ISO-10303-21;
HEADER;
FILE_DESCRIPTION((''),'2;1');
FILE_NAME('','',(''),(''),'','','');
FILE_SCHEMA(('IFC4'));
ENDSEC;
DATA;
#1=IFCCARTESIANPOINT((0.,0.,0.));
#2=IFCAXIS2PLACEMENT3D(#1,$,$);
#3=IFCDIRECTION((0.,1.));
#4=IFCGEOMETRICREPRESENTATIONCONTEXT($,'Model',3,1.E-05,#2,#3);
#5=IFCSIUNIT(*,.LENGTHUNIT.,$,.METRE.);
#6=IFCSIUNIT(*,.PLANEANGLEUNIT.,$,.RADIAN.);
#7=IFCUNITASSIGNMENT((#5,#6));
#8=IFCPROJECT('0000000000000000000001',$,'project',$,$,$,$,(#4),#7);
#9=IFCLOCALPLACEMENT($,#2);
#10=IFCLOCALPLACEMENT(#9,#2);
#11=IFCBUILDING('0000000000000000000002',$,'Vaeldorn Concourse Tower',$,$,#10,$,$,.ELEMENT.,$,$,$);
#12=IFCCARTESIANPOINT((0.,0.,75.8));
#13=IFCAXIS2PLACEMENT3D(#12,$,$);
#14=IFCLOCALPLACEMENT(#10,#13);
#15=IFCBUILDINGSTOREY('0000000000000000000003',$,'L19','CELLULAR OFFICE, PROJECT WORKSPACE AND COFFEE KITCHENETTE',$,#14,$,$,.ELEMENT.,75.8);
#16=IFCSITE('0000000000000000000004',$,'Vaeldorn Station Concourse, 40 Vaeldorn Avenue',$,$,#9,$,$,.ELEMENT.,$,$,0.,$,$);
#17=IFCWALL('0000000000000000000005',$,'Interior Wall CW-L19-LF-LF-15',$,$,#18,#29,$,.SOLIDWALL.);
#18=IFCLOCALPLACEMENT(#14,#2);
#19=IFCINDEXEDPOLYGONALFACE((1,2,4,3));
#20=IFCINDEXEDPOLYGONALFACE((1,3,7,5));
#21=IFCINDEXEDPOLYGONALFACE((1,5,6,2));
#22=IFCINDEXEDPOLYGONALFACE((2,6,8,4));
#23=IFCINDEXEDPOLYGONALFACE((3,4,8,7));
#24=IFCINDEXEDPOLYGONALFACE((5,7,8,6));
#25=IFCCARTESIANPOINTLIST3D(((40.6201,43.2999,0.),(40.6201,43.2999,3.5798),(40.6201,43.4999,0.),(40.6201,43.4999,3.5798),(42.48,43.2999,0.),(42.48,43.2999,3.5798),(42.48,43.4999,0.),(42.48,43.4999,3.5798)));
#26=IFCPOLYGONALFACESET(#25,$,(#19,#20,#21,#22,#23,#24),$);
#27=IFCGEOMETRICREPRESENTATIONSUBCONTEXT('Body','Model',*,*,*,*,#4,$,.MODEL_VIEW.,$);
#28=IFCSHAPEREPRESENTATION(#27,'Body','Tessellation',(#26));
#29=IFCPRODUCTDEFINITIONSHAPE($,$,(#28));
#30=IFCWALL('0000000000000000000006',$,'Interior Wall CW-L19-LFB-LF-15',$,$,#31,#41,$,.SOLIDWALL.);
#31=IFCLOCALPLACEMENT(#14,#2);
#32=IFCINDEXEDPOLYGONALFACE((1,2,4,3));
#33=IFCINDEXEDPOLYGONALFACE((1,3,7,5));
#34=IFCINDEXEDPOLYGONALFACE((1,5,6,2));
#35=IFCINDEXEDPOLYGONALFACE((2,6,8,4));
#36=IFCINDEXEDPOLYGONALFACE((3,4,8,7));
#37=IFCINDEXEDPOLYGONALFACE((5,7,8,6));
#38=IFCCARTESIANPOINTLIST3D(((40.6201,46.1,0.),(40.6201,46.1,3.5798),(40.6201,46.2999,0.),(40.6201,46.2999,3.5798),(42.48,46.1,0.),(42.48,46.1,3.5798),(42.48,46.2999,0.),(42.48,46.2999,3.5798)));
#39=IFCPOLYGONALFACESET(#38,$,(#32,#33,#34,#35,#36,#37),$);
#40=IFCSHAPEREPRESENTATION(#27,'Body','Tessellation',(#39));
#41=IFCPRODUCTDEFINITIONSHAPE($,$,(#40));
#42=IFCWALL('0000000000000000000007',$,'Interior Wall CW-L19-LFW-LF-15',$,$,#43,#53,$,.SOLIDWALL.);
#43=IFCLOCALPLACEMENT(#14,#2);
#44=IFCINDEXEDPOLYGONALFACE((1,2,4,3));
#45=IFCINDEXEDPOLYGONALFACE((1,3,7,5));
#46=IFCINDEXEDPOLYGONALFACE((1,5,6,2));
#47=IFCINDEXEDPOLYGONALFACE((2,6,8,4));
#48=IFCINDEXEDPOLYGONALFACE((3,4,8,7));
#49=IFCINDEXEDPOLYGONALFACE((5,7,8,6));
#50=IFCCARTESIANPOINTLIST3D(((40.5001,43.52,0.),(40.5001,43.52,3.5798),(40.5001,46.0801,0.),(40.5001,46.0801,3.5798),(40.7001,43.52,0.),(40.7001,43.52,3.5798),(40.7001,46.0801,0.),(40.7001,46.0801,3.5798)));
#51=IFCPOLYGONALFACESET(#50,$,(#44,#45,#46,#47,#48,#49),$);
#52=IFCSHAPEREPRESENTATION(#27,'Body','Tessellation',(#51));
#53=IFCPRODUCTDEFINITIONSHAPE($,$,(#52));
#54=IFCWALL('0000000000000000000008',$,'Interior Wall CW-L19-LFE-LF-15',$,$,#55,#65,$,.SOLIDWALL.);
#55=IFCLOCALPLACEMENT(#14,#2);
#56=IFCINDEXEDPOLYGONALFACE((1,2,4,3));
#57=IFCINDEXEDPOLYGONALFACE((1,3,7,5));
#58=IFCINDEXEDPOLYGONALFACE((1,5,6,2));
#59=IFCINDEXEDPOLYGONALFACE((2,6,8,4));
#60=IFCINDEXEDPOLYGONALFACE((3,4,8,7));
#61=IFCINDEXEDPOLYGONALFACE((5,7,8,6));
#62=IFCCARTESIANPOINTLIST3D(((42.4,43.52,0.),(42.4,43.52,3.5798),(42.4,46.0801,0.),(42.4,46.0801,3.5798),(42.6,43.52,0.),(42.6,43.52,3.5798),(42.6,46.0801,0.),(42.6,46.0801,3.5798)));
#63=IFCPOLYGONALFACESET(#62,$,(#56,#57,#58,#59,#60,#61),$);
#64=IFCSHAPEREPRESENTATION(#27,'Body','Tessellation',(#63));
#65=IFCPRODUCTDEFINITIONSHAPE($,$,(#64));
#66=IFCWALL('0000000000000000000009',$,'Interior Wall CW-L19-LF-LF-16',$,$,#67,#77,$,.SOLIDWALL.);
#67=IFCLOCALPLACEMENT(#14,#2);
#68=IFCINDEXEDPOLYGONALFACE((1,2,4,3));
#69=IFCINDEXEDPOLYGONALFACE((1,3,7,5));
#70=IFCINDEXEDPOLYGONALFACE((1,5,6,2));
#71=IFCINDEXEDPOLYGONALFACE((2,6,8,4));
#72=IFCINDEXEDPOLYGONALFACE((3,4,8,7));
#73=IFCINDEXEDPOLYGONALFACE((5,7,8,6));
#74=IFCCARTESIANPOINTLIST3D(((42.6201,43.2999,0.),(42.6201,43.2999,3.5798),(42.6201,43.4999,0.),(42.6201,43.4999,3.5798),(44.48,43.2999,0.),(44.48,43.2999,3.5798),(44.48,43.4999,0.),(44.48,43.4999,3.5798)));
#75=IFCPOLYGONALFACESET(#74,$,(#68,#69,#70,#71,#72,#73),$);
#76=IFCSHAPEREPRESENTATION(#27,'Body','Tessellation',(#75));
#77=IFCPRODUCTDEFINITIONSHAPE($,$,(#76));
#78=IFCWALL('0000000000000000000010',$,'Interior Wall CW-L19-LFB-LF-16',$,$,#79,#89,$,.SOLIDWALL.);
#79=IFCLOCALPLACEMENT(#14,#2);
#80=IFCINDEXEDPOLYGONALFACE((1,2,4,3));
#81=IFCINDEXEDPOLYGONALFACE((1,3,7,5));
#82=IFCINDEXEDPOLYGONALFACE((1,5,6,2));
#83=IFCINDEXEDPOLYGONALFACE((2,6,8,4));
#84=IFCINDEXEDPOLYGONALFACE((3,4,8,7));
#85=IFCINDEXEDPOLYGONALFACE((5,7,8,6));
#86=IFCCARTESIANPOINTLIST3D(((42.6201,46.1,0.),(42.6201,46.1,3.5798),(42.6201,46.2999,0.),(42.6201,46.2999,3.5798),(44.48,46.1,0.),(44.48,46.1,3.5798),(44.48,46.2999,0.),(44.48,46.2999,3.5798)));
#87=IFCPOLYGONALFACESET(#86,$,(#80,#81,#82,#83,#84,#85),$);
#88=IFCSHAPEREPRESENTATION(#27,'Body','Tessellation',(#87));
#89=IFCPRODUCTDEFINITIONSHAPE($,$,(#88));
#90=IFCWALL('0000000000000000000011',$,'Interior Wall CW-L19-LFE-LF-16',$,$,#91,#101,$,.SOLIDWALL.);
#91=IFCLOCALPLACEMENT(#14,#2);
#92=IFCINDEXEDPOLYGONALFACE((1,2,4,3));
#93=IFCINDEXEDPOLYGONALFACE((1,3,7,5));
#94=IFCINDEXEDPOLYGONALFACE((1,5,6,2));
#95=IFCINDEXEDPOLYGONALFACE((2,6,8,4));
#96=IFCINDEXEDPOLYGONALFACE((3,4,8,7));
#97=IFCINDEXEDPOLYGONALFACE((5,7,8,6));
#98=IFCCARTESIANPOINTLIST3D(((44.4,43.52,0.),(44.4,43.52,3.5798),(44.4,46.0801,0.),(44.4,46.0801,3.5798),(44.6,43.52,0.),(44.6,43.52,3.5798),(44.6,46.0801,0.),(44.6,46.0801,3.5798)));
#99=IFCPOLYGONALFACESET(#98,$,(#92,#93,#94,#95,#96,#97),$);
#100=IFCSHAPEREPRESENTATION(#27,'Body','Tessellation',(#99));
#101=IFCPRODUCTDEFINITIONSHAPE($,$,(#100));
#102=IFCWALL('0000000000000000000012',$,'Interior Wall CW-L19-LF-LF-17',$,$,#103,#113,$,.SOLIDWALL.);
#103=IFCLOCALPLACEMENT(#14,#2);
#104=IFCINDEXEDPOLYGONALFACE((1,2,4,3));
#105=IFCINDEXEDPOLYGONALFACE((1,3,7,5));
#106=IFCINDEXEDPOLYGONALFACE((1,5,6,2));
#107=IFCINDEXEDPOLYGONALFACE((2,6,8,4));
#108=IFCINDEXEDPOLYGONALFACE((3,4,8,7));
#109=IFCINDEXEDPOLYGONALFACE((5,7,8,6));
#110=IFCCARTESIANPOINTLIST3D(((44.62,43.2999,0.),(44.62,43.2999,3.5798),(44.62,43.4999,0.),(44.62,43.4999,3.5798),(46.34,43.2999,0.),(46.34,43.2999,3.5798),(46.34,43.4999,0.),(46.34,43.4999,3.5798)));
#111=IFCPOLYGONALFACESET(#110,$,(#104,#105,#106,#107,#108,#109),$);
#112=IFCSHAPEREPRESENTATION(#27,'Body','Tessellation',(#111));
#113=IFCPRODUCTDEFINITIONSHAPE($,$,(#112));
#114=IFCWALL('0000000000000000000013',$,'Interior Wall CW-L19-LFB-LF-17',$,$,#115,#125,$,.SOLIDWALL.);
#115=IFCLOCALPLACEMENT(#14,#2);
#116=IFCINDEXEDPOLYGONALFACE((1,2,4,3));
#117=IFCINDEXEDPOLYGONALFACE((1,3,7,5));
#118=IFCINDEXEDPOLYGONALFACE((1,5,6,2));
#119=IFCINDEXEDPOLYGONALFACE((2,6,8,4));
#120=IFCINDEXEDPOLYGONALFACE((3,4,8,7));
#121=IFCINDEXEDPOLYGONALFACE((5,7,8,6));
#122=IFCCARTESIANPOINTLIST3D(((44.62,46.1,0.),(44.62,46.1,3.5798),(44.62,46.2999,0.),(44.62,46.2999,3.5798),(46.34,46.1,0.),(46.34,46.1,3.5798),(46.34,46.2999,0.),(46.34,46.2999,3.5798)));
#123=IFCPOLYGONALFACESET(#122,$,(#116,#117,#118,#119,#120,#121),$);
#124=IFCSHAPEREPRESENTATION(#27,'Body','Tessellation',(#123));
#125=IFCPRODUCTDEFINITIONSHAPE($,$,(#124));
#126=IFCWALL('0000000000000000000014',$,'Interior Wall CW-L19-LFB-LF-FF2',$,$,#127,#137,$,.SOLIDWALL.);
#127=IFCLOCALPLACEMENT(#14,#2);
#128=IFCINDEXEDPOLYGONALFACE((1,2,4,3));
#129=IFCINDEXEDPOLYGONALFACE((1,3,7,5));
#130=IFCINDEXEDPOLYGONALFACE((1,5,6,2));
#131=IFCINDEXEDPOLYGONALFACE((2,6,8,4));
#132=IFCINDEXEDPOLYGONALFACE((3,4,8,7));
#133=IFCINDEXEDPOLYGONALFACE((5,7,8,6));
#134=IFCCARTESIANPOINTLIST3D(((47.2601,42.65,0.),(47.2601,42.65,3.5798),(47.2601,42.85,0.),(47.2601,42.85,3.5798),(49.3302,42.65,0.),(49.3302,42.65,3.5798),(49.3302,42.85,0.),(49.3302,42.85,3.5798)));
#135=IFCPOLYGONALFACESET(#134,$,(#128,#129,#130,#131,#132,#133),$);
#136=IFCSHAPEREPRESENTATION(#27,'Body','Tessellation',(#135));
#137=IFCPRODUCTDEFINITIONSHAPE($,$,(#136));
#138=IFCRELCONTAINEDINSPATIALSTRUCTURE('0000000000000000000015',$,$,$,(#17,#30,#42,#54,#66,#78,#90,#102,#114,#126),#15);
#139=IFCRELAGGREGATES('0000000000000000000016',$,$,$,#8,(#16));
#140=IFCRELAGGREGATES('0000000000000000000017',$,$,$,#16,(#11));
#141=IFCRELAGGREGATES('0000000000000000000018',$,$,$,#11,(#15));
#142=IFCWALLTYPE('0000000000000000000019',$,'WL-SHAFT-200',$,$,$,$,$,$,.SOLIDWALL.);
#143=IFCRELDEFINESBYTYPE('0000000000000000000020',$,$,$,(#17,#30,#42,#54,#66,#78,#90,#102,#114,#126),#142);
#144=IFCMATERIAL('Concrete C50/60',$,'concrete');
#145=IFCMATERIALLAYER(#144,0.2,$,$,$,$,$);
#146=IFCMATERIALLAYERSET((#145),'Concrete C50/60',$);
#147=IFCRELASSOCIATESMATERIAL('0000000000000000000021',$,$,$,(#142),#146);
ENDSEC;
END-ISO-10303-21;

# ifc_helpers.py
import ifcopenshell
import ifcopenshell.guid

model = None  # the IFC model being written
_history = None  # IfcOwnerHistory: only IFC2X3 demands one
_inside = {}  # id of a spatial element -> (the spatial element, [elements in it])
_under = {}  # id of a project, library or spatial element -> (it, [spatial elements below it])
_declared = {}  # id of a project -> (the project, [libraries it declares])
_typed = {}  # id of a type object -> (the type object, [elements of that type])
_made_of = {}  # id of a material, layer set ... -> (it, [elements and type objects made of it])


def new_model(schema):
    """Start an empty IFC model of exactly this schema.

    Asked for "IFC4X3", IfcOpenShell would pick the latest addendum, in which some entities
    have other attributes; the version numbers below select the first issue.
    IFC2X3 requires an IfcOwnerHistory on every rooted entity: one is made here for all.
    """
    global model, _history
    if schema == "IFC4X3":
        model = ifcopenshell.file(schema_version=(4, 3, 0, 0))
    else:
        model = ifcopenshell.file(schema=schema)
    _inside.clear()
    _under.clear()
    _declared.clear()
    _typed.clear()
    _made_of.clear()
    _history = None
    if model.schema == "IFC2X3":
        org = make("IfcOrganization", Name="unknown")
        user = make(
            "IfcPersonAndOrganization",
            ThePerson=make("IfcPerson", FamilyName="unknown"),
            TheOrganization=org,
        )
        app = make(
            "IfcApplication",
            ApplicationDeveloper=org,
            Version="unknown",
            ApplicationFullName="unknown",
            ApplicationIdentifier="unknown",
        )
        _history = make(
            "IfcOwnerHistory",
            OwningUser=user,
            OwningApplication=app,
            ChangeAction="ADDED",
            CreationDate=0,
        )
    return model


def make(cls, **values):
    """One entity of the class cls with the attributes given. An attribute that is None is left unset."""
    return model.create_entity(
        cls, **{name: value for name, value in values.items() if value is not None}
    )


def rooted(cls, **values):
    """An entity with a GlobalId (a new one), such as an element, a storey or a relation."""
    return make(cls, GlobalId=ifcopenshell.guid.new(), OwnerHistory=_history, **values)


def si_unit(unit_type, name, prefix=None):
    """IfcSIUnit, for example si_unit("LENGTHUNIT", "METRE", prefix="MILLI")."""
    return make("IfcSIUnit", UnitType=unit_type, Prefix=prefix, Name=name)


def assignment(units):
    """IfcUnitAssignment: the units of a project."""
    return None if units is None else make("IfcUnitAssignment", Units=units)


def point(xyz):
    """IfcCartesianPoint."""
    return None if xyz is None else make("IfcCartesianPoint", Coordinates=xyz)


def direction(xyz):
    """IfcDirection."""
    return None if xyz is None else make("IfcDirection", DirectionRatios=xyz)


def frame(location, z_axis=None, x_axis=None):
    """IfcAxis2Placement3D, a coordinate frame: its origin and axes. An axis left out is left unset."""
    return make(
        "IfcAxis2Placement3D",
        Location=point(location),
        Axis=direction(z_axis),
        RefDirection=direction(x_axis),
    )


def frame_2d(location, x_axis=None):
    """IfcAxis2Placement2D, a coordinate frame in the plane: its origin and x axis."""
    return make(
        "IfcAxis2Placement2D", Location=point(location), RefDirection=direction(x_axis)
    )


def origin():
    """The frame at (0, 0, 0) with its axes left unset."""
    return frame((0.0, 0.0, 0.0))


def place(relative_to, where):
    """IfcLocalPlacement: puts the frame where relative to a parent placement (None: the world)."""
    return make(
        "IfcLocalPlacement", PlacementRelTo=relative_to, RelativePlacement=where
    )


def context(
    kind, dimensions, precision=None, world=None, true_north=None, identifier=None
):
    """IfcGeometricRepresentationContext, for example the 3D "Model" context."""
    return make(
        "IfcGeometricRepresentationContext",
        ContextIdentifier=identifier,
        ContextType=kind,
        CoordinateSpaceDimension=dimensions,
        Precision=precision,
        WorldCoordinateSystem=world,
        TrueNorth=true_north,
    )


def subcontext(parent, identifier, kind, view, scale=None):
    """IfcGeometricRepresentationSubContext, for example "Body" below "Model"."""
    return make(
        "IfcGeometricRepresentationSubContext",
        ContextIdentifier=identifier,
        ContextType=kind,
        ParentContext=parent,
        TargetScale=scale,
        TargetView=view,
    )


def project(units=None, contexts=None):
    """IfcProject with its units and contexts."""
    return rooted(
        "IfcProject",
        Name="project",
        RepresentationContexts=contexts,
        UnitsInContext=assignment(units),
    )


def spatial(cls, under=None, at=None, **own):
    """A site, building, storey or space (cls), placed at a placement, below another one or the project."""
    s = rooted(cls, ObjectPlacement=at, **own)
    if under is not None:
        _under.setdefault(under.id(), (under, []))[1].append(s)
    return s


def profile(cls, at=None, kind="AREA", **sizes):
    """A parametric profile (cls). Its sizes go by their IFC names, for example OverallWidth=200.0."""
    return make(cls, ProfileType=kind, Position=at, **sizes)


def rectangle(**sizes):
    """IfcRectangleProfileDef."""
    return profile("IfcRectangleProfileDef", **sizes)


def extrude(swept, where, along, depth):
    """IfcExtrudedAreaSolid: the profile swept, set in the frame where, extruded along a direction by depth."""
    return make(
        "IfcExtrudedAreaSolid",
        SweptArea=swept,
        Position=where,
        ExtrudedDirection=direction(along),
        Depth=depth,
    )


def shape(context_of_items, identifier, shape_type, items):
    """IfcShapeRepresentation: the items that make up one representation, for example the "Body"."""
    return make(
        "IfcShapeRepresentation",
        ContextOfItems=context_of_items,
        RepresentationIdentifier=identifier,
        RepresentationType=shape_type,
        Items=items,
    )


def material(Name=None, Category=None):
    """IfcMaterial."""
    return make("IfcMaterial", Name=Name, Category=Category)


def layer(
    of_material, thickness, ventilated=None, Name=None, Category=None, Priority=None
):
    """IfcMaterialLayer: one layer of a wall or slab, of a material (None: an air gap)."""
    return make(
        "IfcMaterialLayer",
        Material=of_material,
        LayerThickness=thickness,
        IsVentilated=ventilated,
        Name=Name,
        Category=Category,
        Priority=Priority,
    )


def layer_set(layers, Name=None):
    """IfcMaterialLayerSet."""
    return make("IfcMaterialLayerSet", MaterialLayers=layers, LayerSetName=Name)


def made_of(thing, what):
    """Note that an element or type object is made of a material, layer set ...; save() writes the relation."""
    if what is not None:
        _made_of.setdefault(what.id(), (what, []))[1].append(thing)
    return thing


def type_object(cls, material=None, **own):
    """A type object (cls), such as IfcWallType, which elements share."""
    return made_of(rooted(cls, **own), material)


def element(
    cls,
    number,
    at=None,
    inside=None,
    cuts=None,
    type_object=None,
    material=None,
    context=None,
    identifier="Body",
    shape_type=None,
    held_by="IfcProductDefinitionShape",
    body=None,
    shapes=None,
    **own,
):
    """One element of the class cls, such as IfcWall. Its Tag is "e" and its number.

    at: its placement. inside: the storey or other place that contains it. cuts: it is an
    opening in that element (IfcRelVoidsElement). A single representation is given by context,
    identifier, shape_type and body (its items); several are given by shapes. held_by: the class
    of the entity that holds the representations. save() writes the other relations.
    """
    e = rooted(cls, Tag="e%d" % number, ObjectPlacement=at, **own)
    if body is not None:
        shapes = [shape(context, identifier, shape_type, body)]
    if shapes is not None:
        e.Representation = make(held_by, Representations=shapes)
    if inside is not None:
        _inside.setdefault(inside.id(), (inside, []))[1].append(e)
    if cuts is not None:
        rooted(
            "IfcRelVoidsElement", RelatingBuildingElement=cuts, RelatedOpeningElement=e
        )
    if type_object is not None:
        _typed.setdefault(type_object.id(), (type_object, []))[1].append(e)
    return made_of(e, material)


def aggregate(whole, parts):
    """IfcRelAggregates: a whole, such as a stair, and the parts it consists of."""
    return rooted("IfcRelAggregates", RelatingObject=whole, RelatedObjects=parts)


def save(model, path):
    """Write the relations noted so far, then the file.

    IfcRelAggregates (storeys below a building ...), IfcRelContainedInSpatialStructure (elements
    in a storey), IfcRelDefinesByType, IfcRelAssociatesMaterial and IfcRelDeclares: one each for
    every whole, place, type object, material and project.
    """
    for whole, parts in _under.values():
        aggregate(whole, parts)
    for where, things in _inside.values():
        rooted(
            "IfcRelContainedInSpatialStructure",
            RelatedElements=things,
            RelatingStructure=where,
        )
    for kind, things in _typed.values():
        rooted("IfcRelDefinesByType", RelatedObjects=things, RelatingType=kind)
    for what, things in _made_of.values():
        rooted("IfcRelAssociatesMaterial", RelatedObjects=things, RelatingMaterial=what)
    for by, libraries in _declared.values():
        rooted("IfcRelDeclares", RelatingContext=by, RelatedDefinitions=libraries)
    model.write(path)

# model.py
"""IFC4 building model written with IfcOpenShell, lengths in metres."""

from ifc_helpers import new_model, si_unit, direction, frame, frame_2d, origin, place, context, subcontext, project, spatial, rectangle, extrude, material, layer, layer_set, type_object, element, save


model = new_model("IFC4")

# Units and contexts
model_context = context("Model", 3, precision=1e-05, world=origin(), true_north=direction((0.0, 1.0)))
body_context = subcontext(model_context, "Body", "Model", "MODEL_VIEW")
ifc_project = project(units=[si_unit("LENGTHUNIT", "METRE"), si_unit("PLANEANGLEUNIT", "RADIAN")], contexts=[model_context])

# Site, building, storey
site_placement = place(None, origin())
site = spatial("IfcSite", under=ifc_project, at=site_placement, Name="Vaeldorn Station Concourse, 40 Vaeldorn Avenue", CompositionType="ELEMENT", RefElevation=0.0)
building_placement = place(site_placement, origin())
building = spatial("IfcBuilding", under=site, at=building_placement, Name="Vaeldorn Concourse Tower", CompositionType="ELEMENT")
storey_placement = place(building_placement, frame((0.0, 0.0, 75.8)))
storey = spatial("IfcBuildingStorey", under=building, at=storey_placement, Name="L19", Description="CELLULAR OFFICE, PROJECT WORKSPACE AND COFFEE KITCHENETTE", CompositionType="ELEMENT", Elevation=75.8)

# Shared definitions
ifc_material_1 = material(Name="Concrete C50/60", Category="concrete")
ifc_layer_1 = layer(ifc_material_1, 0.2)
ifc_layer_set_1 = layer_set([ifc_layer_1], Name="Concrete C50/60")
wall_type_1 = type_object("IfcWallType", Name="WL-SHAFT-200", PredefinedType="SOLIDWALL", material=ifc_layer_set_1)

# Walls
for number, where, z_axis, x_axis, name in (
    (1, (40.6201, 43.3999, 0.0), (0.0, 0.0, 1.0), (1.0, 0.0, 0.0), "Interior Wall CW-L19-LF-LF-15"),
    (2, (40.6201, 46.2, 0.0), (0.0, 0.0, 1.0), (1.0, 0.0, 0.0), "Interior Wall CW-L19-LFB-LF-15"),
):
    element("IfcWall", number, at=place(storey_placement, frame(where, z_axis=z_axis, x_axis=x_axis)), inside=storey, type_object=wall_type_1, Name=name, PredefinedType="SOLIDWALL", context=body_context, shape_type="SweptSolid", body=[
        extrude(rectangle(XDim=1.8599, YDim=0.2, at=frame_2d((0.9299, 0.0))), origin(), (0.0, 0.0, 1.0), 3.5798),
    ])
for number, where, z_axis, x_axis, name in (
    (3, (40.6001, 43.52, 0.0), (0.0, 0.0, 1.0), (0.0, 1.0, 0.0), "Interior Wall CW-L19-LFW-LF-15"),
    (4, (42.5, 43.52, 0.0), (0.0, 0.0, 1.0), (0.0, 1.0, 0.0), "Interior Wall CW-L19-LFE-LF-15"),
):
    element("IfcWall", number, at=place(storey_placement, frame(where, z_axis=z_axis, x_axis=x_axis)), inside=storey, type_object=wall_type_1, Name=name, PredefinedType="SOLIDWALL", context=body_context, shape_type="SweptSolid", body=[
        extrude(rectangle(XDim=2.5601, YDim=0.2, at=frame_2d((1.28, 0.0))), origin(), (0.0, 0.0, 1.0), 3.5798),
    ])
for number, where, z_axis, x_axis, name in (
    (5, (42.6201, 43.3999, 0.0), (0.0, 0.0, 1.0), (1.0, 0.0, 0.0), "Interior Wall CW-L19-LF-LF-16"),
    (6, (42.6201, 46.2, 0.0), (0.0, 0.0, 1.0), (1.0, 0.0, 0.0), "Interior Wall CW-L19-LFB-LF-16"),
):
    element("IfcWall", number, at=place(storey_placement, frame(where, z_axis=z_axis, x_axis=x_axis)), inside=storey, type_object=wall_type_1, Name=name, PredefinedType="SOLIDWALL", context=body_context, shape_type="SweptSolid", body=[
        extrude(rectangle(XDim=1.8599, YDim=0.2, at=frame_2d((0.9299, 0.0))), origin(), (0.0, 0.0, 1.0), 3.5798),
    ])
wall_1_placement = place(storey_placement, frame((44.5, 43.52, 0.0), z_axis=(0.0, 0.0, 1.0), x_axis=(0.0, 1.0, 0.0)))
element("IfcWall", 7, at=wall_1_placement, inside=storey, type_object=wall_type_1, Name="Interior Wall CW-L19-LFE-LF-16", PredefinedType="SOLIDWALL", context=body_context, shape_type="SweptSolid", body=[
    extrude(rectangle(XDim=2.5601, YDim=0.2, at=frame_2d((1.28, 0.0))), origin(), (0.0, 0.0, 1.0), 3.5798),
])
for number, where, z_axis, x_axis, name in (
    (8, (44.6201, 43.3999, 0.0), (0.0, 0.0, 1.0), (1.0, 0.0, 0.0), "Interior Wall CW-L19-LF-LF-17"),
    (9, (44.6201, 46.2, 0.0), (0.0, 0.0, 1.0), (1.0, 0.0, 0.0), "Interior Wall CW-L19-LFB-LF-17"),
):
    element("IfcWall", number, at=place(storey_placement, frame(where, z_axis=z_axis, x_axis=x_axis)), inside=storey, type_object=wall_type_1, Name=name, PredefinedType="SOLIDWALL", context=body_context, shape_type="SweptSolid", body=[
        extrude(rectangle(XDim=1.72, YDim=0.2, at=frame_2d((0.8599, 0.0))), origin(), (0.0, 0.0, 1.0), 3.5798),
    ])

# Wall
wall_2_placement = place(storey_placement, frame((47.26, 42.75, 0.0), z_axis=(0.0, 0.0, 1.0), x_axis=(1.0, 0.0, 0.0)))
element("IfcWall", 10, at=wall_2_placement, inside=storey, type_object=wall_type_1, Name="Interior Wall CW-L19-LFB-LF-FF2", PredefinedType="SOLIDWALL", context=body_context, shape_type="SweptSolid", body=[
    extrude(rectangle(XDim=2.0701, YDim=0.2, at=frame_2d((1.0352, 0.0))), origin(), (0.0, 0.0, 1.0), 3.5798),
])

save(model, "model.ifc")
